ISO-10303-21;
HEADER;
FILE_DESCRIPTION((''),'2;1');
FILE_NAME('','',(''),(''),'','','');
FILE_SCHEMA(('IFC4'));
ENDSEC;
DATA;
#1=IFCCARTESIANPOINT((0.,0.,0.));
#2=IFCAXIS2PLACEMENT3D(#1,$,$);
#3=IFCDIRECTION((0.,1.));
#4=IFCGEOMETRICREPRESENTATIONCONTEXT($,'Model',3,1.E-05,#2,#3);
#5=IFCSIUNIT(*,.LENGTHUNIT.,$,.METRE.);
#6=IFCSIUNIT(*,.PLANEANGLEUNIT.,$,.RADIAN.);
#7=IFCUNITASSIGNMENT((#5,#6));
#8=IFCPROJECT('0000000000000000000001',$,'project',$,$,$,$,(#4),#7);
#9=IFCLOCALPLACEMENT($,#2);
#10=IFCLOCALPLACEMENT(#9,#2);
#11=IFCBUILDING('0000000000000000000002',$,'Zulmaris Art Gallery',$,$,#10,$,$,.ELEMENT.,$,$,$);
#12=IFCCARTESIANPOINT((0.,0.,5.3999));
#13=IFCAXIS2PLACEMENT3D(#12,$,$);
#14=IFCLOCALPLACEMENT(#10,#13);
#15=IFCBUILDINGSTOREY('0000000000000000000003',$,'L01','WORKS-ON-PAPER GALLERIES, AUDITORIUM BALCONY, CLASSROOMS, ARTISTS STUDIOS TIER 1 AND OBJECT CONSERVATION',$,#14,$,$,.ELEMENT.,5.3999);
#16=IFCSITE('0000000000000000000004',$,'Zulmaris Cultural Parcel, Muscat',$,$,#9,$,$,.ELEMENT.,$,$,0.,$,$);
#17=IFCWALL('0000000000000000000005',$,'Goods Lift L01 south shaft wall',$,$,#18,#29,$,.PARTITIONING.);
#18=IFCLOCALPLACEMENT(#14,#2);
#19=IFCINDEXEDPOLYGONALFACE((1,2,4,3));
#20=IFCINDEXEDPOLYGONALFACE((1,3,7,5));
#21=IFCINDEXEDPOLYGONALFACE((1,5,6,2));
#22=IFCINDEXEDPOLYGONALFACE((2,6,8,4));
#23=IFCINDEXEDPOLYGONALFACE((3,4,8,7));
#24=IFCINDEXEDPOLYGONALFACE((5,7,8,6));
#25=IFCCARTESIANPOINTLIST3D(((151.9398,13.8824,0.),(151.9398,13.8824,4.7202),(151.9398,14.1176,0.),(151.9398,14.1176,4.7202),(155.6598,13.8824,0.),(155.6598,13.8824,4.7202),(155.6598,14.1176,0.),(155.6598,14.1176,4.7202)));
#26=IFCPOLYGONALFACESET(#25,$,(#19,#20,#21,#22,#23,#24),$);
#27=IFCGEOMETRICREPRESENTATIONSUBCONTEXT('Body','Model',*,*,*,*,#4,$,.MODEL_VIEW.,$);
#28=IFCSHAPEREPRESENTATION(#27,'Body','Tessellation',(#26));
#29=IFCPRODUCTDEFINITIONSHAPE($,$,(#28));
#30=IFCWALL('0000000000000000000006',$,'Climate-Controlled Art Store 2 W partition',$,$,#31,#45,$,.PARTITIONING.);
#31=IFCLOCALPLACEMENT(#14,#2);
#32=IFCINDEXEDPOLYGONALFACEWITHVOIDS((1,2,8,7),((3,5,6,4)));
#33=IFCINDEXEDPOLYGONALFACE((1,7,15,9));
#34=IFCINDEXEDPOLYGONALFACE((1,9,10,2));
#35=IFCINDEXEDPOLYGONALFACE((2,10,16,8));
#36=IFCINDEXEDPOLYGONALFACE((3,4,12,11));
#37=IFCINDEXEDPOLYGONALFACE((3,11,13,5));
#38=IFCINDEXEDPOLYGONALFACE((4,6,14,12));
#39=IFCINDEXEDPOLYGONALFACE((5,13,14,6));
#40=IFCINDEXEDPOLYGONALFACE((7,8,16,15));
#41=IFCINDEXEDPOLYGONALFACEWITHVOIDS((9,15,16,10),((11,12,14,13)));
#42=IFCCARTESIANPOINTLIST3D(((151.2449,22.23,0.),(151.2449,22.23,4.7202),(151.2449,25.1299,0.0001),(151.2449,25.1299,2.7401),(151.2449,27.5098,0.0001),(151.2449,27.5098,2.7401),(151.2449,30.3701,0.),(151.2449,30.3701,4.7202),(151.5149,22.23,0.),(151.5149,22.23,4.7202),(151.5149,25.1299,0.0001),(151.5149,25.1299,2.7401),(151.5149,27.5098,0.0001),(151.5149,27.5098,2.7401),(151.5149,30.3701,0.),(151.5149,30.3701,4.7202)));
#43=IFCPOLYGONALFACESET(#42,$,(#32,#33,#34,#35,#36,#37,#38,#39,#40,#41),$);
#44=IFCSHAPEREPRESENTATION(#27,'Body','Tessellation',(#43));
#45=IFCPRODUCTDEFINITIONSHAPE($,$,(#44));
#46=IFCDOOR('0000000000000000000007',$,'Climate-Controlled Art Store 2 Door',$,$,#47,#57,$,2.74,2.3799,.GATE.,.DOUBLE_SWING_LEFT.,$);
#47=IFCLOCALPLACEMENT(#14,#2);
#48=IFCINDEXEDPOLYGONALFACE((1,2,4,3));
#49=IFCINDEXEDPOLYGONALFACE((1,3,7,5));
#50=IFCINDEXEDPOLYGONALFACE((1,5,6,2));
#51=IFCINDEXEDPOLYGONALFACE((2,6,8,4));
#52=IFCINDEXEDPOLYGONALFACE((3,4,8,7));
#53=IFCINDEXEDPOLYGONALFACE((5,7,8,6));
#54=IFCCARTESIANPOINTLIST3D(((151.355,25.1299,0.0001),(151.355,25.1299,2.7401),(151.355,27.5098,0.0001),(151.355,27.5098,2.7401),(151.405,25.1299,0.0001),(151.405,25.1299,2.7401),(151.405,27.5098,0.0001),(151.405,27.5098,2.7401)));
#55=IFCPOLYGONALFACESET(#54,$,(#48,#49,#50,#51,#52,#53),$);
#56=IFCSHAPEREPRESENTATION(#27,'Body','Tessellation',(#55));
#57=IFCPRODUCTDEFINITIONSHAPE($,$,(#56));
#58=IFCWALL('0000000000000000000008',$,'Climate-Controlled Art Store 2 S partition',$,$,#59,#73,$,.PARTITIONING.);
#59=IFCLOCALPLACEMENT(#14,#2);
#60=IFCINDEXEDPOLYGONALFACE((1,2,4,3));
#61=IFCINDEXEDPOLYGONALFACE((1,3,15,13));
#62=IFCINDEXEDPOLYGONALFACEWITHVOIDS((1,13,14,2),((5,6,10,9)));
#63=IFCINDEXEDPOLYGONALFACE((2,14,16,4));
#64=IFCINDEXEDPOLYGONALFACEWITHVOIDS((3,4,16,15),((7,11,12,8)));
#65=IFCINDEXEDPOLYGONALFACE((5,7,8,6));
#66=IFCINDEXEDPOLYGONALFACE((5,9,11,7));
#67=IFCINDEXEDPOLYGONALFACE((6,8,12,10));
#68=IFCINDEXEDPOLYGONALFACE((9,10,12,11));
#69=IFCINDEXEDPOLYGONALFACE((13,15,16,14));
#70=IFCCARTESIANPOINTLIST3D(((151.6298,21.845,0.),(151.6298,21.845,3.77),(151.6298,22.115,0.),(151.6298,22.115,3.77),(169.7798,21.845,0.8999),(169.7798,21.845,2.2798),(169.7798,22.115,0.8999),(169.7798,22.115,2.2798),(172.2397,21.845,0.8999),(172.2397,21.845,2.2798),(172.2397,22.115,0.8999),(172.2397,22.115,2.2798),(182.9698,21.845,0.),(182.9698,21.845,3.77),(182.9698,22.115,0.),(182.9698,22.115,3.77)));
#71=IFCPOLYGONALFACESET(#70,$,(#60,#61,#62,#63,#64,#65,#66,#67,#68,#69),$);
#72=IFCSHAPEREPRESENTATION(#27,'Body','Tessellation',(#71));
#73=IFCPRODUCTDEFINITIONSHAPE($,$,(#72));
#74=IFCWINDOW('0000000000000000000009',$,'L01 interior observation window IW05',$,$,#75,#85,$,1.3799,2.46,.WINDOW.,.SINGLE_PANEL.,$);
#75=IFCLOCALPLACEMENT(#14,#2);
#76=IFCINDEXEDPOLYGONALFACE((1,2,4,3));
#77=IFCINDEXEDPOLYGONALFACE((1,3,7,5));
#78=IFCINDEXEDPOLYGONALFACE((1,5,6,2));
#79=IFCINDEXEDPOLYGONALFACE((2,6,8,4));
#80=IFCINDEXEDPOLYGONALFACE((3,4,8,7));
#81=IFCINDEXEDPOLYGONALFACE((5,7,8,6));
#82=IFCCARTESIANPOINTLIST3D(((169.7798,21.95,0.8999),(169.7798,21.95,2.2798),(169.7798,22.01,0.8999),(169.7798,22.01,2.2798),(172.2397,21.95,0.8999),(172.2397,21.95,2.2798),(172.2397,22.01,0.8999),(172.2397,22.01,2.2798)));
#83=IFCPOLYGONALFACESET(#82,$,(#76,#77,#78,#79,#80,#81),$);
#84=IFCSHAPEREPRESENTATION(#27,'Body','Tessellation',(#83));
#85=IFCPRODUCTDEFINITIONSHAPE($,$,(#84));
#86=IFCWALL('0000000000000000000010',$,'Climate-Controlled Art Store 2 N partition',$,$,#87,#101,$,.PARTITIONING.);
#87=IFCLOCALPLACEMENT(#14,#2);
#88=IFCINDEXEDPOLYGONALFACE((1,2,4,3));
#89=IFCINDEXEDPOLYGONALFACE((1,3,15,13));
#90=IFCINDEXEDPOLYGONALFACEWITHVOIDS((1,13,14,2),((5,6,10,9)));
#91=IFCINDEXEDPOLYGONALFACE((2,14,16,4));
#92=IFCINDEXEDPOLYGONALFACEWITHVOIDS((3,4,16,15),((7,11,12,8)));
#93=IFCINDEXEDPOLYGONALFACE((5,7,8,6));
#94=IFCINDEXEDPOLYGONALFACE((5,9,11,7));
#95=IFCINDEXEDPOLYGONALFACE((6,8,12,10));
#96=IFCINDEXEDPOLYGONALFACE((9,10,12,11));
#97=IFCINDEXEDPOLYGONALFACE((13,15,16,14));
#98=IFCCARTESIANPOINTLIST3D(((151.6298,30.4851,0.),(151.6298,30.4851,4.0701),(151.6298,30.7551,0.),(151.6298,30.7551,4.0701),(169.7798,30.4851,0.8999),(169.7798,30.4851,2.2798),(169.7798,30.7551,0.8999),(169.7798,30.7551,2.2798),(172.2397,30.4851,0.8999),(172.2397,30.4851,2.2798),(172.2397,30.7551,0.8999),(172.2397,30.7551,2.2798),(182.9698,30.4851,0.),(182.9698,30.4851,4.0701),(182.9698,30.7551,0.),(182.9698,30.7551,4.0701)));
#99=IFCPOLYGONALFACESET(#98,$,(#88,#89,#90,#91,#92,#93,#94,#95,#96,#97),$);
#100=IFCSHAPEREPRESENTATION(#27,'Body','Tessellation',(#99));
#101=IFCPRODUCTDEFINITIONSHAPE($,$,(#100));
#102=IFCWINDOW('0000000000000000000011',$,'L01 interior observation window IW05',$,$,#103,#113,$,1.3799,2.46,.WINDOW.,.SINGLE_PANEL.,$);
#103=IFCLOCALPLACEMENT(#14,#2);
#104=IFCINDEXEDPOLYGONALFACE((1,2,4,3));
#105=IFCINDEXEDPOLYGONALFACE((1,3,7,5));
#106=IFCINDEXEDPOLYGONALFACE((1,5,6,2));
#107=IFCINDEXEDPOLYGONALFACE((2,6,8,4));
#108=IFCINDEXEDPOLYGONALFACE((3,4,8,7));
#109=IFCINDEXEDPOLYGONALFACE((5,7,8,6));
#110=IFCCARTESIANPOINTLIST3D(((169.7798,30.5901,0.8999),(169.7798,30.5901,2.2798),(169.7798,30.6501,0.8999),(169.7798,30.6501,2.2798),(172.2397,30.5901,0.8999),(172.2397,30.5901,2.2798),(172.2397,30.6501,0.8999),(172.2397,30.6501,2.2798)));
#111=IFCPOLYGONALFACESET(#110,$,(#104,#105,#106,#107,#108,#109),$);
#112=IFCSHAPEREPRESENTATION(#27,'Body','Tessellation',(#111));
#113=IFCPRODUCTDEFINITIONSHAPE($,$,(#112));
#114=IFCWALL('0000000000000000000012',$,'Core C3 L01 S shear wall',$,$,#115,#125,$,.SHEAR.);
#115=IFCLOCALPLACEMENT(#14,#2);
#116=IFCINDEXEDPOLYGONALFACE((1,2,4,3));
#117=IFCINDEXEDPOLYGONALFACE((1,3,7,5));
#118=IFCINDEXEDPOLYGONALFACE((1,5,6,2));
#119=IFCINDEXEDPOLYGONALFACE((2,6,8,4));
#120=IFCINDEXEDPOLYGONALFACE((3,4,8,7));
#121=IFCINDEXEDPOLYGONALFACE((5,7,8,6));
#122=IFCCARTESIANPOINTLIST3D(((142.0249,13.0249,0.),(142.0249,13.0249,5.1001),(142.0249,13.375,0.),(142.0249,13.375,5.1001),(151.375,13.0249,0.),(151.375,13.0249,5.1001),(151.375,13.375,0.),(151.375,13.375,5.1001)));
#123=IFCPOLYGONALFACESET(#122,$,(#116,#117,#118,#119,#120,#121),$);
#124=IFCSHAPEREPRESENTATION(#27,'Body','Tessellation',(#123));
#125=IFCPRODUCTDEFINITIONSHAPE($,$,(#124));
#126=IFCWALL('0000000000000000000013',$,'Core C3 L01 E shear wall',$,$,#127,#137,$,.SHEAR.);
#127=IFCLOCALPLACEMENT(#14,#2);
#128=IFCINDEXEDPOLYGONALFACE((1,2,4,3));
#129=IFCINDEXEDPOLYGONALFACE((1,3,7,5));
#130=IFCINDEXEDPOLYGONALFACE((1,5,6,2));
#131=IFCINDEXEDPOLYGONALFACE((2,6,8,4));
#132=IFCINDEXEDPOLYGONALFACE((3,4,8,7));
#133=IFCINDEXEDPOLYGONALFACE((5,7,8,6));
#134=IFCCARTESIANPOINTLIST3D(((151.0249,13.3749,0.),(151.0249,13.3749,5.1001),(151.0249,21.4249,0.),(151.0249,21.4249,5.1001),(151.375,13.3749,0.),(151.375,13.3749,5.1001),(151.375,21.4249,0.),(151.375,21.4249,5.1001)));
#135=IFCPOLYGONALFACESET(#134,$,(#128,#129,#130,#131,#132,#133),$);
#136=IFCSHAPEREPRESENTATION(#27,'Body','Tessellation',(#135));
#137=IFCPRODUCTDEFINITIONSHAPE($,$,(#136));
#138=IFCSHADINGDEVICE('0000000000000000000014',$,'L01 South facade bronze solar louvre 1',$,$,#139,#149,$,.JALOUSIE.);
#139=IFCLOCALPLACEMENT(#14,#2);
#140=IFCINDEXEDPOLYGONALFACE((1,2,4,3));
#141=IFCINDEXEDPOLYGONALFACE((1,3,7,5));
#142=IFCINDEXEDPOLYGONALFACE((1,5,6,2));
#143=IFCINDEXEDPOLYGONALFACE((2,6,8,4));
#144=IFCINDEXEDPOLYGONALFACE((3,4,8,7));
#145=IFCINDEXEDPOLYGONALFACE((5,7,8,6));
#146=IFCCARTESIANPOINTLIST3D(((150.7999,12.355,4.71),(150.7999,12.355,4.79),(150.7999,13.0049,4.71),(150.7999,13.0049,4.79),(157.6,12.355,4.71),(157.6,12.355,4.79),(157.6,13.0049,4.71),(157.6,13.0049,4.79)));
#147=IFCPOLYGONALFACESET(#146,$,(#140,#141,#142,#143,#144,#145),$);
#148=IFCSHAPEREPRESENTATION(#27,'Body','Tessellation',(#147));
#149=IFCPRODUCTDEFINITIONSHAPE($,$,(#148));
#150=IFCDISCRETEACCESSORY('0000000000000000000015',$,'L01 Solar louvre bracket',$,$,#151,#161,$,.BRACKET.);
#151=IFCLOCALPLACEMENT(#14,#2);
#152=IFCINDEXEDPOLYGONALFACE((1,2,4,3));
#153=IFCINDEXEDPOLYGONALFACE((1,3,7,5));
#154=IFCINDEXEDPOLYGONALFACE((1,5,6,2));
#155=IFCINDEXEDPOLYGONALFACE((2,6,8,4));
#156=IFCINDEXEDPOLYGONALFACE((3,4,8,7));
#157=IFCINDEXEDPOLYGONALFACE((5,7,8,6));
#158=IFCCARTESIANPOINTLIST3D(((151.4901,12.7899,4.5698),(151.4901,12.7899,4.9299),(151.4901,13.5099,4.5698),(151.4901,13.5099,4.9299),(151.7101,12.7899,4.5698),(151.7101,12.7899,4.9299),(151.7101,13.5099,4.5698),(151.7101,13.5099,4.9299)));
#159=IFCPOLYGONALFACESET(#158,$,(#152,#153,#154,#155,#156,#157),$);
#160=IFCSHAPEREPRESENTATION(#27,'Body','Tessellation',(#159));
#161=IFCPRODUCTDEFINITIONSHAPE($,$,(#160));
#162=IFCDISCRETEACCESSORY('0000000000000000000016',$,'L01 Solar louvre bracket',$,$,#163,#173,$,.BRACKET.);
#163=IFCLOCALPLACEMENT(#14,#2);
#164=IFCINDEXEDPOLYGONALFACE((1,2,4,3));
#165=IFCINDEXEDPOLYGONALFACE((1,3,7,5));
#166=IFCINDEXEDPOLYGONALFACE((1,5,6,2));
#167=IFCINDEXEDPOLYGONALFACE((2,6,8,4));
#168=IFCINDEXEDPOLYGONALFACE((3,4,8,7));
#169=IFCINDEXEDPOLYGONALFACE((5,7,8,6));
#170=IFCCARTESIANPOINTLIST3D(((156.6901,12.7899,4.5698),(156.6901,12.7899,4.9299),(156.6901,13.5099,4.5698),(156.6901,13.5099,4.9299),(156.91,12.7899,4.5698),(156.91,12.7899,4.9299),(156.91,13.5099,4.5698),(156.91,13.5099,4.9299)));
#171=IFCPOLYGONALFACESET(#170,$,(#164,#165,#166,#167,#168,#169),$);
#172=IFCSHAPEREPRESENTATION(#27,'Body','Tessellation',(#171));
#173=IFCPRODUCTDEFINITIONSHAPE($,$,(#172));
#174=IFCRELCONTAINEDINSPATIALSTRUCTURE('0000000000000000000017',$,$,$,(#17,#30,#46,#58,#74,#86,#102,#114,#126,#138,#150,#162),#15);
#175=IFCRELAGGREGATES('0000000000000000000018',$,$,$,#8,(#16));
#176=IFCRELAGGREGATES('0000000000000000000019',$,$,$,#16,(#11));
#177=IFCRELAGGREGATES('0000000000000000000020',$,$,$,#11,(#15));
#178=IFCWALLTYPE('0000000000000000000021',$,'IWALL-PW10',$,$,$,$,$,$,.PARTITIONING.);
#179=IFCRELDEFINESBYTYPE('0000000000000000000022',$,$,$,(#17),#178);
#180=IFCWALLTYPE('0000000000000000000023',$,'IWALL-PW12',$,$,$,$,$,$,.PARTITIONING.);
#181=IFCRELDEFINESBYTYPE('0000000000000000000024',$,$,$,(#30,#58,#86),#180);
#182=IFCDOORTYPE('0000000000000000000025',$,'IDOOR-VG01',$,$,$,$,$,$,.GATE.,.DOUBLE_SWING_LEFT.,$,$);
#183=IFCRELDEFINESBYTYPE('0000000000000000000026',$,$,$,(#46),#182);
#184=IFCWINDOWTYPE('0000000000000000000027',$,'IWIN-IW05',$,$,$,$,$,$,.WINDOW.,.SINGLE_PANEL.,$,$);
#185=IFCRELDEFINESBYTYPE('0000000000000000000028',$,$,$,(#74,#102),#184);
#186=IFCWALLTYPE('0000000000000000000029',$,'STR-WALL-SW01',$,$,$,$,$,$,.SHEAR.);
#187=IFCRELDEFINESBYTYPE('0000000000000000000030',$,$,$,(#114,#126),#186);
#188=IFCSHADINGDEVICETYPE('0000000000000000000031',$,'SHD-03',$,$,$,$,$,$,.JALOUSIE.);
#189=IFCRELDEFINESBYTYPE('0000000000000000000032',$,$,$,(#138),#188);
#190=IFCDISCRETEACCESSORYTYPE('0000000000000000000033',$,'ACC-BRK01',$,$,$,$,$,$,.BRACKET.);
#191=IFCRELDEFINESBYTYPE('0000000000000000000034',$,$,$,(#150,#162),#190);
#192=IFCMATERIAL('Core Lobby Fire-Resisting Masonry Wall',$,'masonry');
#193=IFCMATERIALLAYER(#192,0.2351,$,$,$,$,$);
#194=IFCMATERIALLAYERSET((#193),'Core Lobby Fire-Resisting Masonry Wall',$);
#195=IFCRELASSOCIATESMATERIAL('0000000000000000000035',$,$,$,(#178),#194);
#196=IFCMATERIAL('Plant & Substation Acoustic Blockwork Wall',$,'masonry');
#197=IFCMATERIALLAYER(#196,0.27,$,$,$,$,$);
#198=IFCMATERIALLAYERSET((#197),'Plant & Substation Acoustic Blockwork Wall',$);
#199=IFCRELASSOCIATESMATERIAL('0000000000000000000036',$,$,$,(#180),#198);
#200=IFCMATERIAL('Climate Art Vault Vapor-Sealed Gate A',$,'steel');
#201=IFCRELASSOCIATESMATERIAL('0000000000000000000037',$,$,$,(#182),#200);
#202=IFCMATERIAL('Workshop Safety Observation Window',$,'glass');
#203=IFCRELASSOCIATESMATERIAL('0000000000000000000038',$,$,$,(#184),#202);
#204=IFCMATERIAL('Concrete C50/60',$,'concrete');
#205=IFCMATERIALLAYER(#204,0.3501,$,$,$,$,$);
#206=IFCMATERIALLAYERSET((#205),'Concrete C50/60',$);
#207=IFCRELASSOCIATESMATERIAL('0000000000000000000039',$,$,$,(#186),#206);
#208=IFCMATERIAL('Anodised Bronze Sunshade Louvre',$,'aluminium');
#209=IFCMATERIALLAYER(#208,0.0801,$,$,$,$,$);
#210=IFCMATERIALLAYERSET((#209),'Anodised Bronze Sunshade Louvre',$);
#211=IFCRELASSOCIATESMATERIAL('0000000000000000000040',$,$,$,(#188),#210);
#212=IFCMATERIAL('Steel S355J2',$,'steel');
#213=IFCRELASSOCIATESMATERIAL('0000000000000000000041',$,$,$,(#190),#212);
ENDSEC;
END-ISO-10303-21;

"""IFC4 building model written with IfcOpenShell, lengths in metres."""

from ifc_helpers import new_model, si_unit, direction, frame, frame_2d, origin, origin_2d, place, context, subcontext, project, spatial, rectangle, extrude, material, layer, layer_set, type_object, element, fill, save


model = new_model("IFC4")

# Units and contexts
model_context = context("Model", 3, precision=1e-05, world=origin(), true_north=direction((0.0, 1.0)))
body_context = subcontext(model_context, "Body", "Model", "MODEL_VIEW")
ifc_project = project(units=[si_unit("LENGTHUNIT", "METRE"), si_unit("PLANEANGLEUNIT", "RADIAN")], contexts=[model_context])

# Site, building, storey
site_placement = place(None, origin())
site = spatial("IfcSite", under=ifc_project, at=site_placement, Name="Zulmaris Cultural Parcel, Muscat", CompositionType="ELEMENT", RefElevation=0.0)
building_placement = place(site_placement, origin())
building = spatial("IfcBuilding", under=site, at=building_placement, Name="Zulmaris Art Gallery", CompositionType="ELEMENT")
storey_placement = place(building_placement, frame((0.0, 0.0, 5.3999)))
storey = spatial("IfcBuildingStorey", under=building, at=storey_placement, Name="L01", Description="WORKS-ON-PAPER GALLERIES, AUDITORIUM BALCONY, CLASSROOMS, ARTISTS STUDIOS TIER 1 AND OBJECT CONSERVATION", CompositionType="ELEMENT", Elevation=5.3999)

# Shared definitions
ifc_material_1 = material(Name="Concrete C50/60", Category="concrete")

# Shared definitions
ifc_material_2 = material(Name="Steel S355J2", Category="steel")

# Shared definitions
ifc_material_3 = material(Name="Core Lobby Fire-Resisting Masonry Wall", Category="masonry")
ifc_layer_1 = layer(ifc_material_3, 0.2351)
ifc_layer_set_1 = layer_set([ifc_layer_1], Name="Core Lobby Fire-Resisting Masonry Wall")
wall_type_1 = type_object("IfcWallType", Name="IWALL-PW10", PredefinedType="PARTITIONING", material=ifc_layer_set_1)

# Wall
wall_1_placement = place(storey_placement, frame((151.9399, 14.0, 0.0), z_axis=(0.0, 0.0, 1.0), x_axis=(1.0, 0.0, 0.0)))
element("IfcWall", 1, at=wall_1_placement, inside=storey, type_object=wall_type_1, Name="Goods Lift L01 south shaft wall", PredefinedType="PARTITIONING", context=body_context, shape_type="SweptSolid", body=[
    extrude(rectangle(XDim=3.72, YDim=0.2351, at=frame_2d((1.8599, 0.0))), origin(), (0.0, 0.0, 1.0), 4.7202),
])

# Wall, opening, door
ifc_material_4 = material(Name="Plant & Substation Acoustic Blockwork Wall", Category="masonry")
ifc_layer_2 = layer(ifc_material_4, 0.27)
ifc_layer_set_2 = layer_set([ifc_layer_2], Name="Plant & Substation Acoustic Blockwork Wall")
wall_type_2 = type_object("IfcWallType", Name="IWALL-PW12", PredefinedType="PARTITIONING", material=ifc_layer_set_2)
wall_2_placement = place(storey_placement, frame((151.3799, 22.23, 0.0), z_axis=(0.0, 0.0, 1.0), x_axis=(0.0, 1.0, 0.0)))
wall_2 = element("IfcWall", 2, at=wall_2_placement, inside=storey, type_object=wall_type_2, Name="Climate-Controlled Art Store 2 W partition", PredefinedType="PARTITIONING", context=body_context, shape_type="SweptSolid", body=[
    extrude(rectangle(XDim=8.1401, YDim=0.27, at=frame_2d((4.0701, 0.0))), origin(), (0.0, 0.0, 1.0), 4.7202),
])
opening_1_placement = place(wall_2_placement, frame((2.8999, 0.0, 0.0)))
opening_1 = element("IfcOpeningElement", 3, at=opening_1_placement, cuts=wall_2, PredefinedType="OPENING", context=body_context, shape_type="SweptSolid", body=[
    extrude(rectangle(XDim=2.3799, YDim=2.74, at=frame_2d((1.1899, 1.3701))), frame((0.0, 0.145, 0.0), z_axis=(0.0, -1.0, 0.0), x_axis=(1.0, 0.0, 0.0)), (0.0, 0.0, 1.0), 0.29),
])
ifc_material_5 = material(Name="Climate Art Vault Vapor-Sealed Gate A", Category="steel")
door_type_1 = type_object("IfcDoorType", Name="IDOOR-VG01", OperationType="DOUBLE_SWING_LEFT", PredefinedType="GATE", material=ifc_material_5)
door_1_placement = place(opening_1_placement, origin())
door_1 = element("IfcDoor", 4, at=door_1_placement, inside=storey, type_object=door_type_1, Name="Climate-Controlled Art Store 2 Door", OperationType="DOUBLE_SWING_LEFT", OverallHeight=2.74, OverallWidth=2.3799, PredefinedType="GATE", context=body_context, shape_type="SweptSolid", body=[
    extrude(rectangle(XDim=2.3799, YDim=2.74, at=frame_2d((1.1899, 1.3701))), frame((0.0, 0.0249, 0.0), z_axis=(0.0, -1.0, 0.0), x_axis=(1.0, 0.0, 0.0)), (0.0, 0.0, 1.0), 0.05),
])
fill(opening_1, door_1)

# Walls, openings, windows
wall_3_placement = place(storey_placement, frame((151.6299, 21.98, 0.0), z_axis=(0.0, 0.0, 1.0), x_axis=(1.0, 0.0, 0.0)))
wall_3 = element("IfcWall", 5, at=wall_3_placement, inside=storey, type_object=wall_type_2, Name="Climate-Controlled Art Store 2 S partition", PredefinedType="PARTITIONING", context=body_context, shape_type="SweptSolid", body=[
    extrude(rectangle(XDim=31.3401, YDim=0.27, at=frame_2d((15.6699, 0.0))), origin(), (0.0, 0.0, 1.0), 3.77),
])
opening_2_placement = place(wall_3_placement, frame((18.1499, 0.0, 0.8999)))
opening_2 = element("IfcOpeningElement", 6, at=opening_2_placement, cuts=wall_3, PredefinedType="OPENING", context=body_context, shape_type="SweptSolid", body=[
    extrude(rectangle(XDim=2.46, YDim=1.3799, at=frame_2d((1.23, 0.6899))), frame((0.0, 0.145, 0.0), z_axis=(0.0, -1.0, 0.0), x_axis=(1.0, 0.0, 0.0)), (0.0, 0.0, 1.0), 0.29),
])
ifc_material_6 = material(Name="Workshop Safety Observation Window", Category="glass")
window_type_1 = type_object("IfcWindowType", Name="IWIN-IW05", PartitioningType="SINGLE_PANEL", PredefinedType="WINDOW", material=ifc_material_6)
window_1_placement = place(opening_2_placement, origin())
window_1 = element("IfcWindow", 7, at=window_1_placement, inside=storey, type_object=window_type_1, Name="L01 interior observation window IW05", OverallHeight=1.3799, OverallWidth=2.46, PartitioningType="SINGLE_PANEL", PredefinedType="WINDOW", context=body_context, shape_type="SweptSolid", body=[
    extrude(rectangle(XDim=2.46, YDim=1.3799, at=frame_2d((1.23, 0.6899))), frame((0.0, 0.03, 0.0), z_axis=(0.0, -1.0, 0.0), x_axis=(1.0, 0.0, 0.0)), (0.0, 0.0, 1.0), 0.0601),
])
fill(opening_2, window_1)
wall_4_placement = place(storey_placement, frame((151.6299, 30.6201, 0.0), z_axis=(0.0, 0.0, 1.0), x_axis=(1.0, 0.0, 0.0)))
wall_4 = element("IfcWall", 8, at=wall_4_placement, inside=storey, type_object=wall_type_2, Name="Climate-Controlled Art Store 2 N partition", PredefinedType="PARTITIONING", context=body_context, shape_type="SweptSolid", body=[
    extrude(rectangle(XDim=31.3401, YDim=0.27, at=frame_2d((15.6699, 0.0))), origin(), (0.0, 0.0, 1.0), 4.0701),
])
opening_3_placement = place(wall_4_placement, frame((18.1499, 0.0, 0.8999)))
opening_3 = element("IfcOpeningElement", 9, at=opening_3_placement, cuts=wall_4, PredefinedType="OPENING", context=body_context, shape_type="SweptSolid", body=[
    extrude(rectangle(XDim=2.46, YDim=1.3799, at=frame_2d((1.23, 0.6899))), frame((0.0, 0.145, 0.0), z_axis=(0.0, -1.0, 0.0), x_axis=(1.0, 0.0, 0.0)), (0.0, 0.0, 1.0), 0.29),
])
window_2_placement = place(opening_3_placement, origin())
window_2 = element("IfcWindow", 10, at=window_2_placement, inside=storey, type_object=window_type_1, Name="L01 interior observation window IW05", OverallHeight=1.3799, OverallWidth=2.46, PartitioningType="SINGLE_PANEL", PredefinedType="WINDOW", context=body_context, shape_type="SweptSolid", body=[
    extrude(rectangle(XDim=2.46, YDim=1.3799, at=frame_2d((1.23, 0.6899))), frame((0.0, 0.03, 0.0), z_axis=(0.0, -1.0, 0.0), x_axis=(1.0, 0.0, 0.0)), (0.0, 0.0, 1.0), 0.0601),
])
fill(opening_3, window_2)

# Walls
ifc_layer_3 = layer(ifc_material_1, 0.3501)
ifc_layer_set_3 = layer_set([ifc_layer_3], Name="Concrete C50/60")
wall_type_3 = type_object("IfcWallType", Name="STR-WALL-SW01", PredefinedType="SHEAR", material=ifc_layer_set_3)
wall_5_placement = place(storey_placement, frame((151.375, 13.2, 0.0), z_axis=(0.0, 0.0, 1.0), x_axis=(-1.0, 0.0, 0.0)))
element("IfcWall", 11, at=wall_5_placement, inside=storey, type_object=wall_type_3, Name="Core C3 L01 S shear wall", PredefinedType="SHEAR", context=body_context, shape_type="SweptSolid", body=[
    extrude(rectangle(XDim=9.3501, YDim=0.3501, at=frame_2d((4.675, 0.0))), origin(), (0.0, 0.0, 1.0), 5.1001),
])
wall_6_placement = place(storey_placement, frame((151.2, 13.375, 0.0), z_axis=(0.0, 0.0, 1.0), x_axis=(0.0, 1.0, 0.0)))
element("IfcWall", 12, at=wall_6_placement, inside=storey, type_object=wall_type_3, Name="Core C3 L01 E shear wall", PredefinedType="SHEAR", context=body_context, shape_type="SweptSolid", body=[
    extrude(rectangle(XDim=8.05, YDim=0.3501, at=frame_2d((4.0249, 0.0))), origin(), (0.0, 0.0, 1.0), 5.1001),
])

# Shading device
ifc_material_7 = material(Name="Anodised Bronze Sunshade Louvre", Category="aluminium")
ifc_layer_4 = layer(ifc_material_7, 0.0801)
ifc_layer_set_4 = layer_set([ifc_layer_4], Name="Anodised Bronze Sunshade Louvre")
shading_device_type = type_object("IfcShadingDeviceType", Name="SHD-03", PredefinedType="JALOUSIE", material=ifc_layer_set_4)
shading_device_placement = place(storey_placement, frame((154.2, 12.6799, 4.71), z_axis=(0.0, 0.0, 1.0), x_axis=(1.0, 0.0, 0.0)))
element("IfcShadingDevice", 13, at=shading_device_placement, inside=storey, type_object=shading_device_type, Name="L01 South facade bronze solar louvre 1", PredefinedType="JALOUSIE", context=body_context, shape_type="SweptSolid", body=[
    extrude(rectangle(XDim=6.8, YDim=0.6499, at=origin_2d()), origin(), (0.0, 0.0, 1.0), 0.0801),
])

# Discrete accessories
discrete_accessory_type = type_object("IfcDiscreteAccessoryType", Name="ACC-BRK01", PredefinedType="BRACKET", material=ifc_material_2)
for number, where, z_axis, x_axis, name in (
    (14, (151.6001, 13.1499, 4.5698), (0.0, 0.0, 1.0), (1.0, 0.0, 0.0), "L01 Solar louvre bracket"),
    (15, (156.8, 13.1499, 4.5698), (0.0, 0.0, 1.0), (1.0, 0.0, 0.0), "L01 Solar louvre bracket"),
):
    element("IfcDiscreteAccessory", number, at=place(storey_placement, frame(where, z_axis=z_axis, x_axis=x_axis)), inside=storey, type_object=discrete_accessory_type, Name=name, PredefinedType="BRACKET", context=body_context, shape_type="SweptSolid", body=[
        extrude(rectangle(XDim=0.22, YDim=0.72, at=origin_2d()), origin(), (0.0, 0.0, 1.0), 0.3601),
    ])

save(model, "model.ifc")
